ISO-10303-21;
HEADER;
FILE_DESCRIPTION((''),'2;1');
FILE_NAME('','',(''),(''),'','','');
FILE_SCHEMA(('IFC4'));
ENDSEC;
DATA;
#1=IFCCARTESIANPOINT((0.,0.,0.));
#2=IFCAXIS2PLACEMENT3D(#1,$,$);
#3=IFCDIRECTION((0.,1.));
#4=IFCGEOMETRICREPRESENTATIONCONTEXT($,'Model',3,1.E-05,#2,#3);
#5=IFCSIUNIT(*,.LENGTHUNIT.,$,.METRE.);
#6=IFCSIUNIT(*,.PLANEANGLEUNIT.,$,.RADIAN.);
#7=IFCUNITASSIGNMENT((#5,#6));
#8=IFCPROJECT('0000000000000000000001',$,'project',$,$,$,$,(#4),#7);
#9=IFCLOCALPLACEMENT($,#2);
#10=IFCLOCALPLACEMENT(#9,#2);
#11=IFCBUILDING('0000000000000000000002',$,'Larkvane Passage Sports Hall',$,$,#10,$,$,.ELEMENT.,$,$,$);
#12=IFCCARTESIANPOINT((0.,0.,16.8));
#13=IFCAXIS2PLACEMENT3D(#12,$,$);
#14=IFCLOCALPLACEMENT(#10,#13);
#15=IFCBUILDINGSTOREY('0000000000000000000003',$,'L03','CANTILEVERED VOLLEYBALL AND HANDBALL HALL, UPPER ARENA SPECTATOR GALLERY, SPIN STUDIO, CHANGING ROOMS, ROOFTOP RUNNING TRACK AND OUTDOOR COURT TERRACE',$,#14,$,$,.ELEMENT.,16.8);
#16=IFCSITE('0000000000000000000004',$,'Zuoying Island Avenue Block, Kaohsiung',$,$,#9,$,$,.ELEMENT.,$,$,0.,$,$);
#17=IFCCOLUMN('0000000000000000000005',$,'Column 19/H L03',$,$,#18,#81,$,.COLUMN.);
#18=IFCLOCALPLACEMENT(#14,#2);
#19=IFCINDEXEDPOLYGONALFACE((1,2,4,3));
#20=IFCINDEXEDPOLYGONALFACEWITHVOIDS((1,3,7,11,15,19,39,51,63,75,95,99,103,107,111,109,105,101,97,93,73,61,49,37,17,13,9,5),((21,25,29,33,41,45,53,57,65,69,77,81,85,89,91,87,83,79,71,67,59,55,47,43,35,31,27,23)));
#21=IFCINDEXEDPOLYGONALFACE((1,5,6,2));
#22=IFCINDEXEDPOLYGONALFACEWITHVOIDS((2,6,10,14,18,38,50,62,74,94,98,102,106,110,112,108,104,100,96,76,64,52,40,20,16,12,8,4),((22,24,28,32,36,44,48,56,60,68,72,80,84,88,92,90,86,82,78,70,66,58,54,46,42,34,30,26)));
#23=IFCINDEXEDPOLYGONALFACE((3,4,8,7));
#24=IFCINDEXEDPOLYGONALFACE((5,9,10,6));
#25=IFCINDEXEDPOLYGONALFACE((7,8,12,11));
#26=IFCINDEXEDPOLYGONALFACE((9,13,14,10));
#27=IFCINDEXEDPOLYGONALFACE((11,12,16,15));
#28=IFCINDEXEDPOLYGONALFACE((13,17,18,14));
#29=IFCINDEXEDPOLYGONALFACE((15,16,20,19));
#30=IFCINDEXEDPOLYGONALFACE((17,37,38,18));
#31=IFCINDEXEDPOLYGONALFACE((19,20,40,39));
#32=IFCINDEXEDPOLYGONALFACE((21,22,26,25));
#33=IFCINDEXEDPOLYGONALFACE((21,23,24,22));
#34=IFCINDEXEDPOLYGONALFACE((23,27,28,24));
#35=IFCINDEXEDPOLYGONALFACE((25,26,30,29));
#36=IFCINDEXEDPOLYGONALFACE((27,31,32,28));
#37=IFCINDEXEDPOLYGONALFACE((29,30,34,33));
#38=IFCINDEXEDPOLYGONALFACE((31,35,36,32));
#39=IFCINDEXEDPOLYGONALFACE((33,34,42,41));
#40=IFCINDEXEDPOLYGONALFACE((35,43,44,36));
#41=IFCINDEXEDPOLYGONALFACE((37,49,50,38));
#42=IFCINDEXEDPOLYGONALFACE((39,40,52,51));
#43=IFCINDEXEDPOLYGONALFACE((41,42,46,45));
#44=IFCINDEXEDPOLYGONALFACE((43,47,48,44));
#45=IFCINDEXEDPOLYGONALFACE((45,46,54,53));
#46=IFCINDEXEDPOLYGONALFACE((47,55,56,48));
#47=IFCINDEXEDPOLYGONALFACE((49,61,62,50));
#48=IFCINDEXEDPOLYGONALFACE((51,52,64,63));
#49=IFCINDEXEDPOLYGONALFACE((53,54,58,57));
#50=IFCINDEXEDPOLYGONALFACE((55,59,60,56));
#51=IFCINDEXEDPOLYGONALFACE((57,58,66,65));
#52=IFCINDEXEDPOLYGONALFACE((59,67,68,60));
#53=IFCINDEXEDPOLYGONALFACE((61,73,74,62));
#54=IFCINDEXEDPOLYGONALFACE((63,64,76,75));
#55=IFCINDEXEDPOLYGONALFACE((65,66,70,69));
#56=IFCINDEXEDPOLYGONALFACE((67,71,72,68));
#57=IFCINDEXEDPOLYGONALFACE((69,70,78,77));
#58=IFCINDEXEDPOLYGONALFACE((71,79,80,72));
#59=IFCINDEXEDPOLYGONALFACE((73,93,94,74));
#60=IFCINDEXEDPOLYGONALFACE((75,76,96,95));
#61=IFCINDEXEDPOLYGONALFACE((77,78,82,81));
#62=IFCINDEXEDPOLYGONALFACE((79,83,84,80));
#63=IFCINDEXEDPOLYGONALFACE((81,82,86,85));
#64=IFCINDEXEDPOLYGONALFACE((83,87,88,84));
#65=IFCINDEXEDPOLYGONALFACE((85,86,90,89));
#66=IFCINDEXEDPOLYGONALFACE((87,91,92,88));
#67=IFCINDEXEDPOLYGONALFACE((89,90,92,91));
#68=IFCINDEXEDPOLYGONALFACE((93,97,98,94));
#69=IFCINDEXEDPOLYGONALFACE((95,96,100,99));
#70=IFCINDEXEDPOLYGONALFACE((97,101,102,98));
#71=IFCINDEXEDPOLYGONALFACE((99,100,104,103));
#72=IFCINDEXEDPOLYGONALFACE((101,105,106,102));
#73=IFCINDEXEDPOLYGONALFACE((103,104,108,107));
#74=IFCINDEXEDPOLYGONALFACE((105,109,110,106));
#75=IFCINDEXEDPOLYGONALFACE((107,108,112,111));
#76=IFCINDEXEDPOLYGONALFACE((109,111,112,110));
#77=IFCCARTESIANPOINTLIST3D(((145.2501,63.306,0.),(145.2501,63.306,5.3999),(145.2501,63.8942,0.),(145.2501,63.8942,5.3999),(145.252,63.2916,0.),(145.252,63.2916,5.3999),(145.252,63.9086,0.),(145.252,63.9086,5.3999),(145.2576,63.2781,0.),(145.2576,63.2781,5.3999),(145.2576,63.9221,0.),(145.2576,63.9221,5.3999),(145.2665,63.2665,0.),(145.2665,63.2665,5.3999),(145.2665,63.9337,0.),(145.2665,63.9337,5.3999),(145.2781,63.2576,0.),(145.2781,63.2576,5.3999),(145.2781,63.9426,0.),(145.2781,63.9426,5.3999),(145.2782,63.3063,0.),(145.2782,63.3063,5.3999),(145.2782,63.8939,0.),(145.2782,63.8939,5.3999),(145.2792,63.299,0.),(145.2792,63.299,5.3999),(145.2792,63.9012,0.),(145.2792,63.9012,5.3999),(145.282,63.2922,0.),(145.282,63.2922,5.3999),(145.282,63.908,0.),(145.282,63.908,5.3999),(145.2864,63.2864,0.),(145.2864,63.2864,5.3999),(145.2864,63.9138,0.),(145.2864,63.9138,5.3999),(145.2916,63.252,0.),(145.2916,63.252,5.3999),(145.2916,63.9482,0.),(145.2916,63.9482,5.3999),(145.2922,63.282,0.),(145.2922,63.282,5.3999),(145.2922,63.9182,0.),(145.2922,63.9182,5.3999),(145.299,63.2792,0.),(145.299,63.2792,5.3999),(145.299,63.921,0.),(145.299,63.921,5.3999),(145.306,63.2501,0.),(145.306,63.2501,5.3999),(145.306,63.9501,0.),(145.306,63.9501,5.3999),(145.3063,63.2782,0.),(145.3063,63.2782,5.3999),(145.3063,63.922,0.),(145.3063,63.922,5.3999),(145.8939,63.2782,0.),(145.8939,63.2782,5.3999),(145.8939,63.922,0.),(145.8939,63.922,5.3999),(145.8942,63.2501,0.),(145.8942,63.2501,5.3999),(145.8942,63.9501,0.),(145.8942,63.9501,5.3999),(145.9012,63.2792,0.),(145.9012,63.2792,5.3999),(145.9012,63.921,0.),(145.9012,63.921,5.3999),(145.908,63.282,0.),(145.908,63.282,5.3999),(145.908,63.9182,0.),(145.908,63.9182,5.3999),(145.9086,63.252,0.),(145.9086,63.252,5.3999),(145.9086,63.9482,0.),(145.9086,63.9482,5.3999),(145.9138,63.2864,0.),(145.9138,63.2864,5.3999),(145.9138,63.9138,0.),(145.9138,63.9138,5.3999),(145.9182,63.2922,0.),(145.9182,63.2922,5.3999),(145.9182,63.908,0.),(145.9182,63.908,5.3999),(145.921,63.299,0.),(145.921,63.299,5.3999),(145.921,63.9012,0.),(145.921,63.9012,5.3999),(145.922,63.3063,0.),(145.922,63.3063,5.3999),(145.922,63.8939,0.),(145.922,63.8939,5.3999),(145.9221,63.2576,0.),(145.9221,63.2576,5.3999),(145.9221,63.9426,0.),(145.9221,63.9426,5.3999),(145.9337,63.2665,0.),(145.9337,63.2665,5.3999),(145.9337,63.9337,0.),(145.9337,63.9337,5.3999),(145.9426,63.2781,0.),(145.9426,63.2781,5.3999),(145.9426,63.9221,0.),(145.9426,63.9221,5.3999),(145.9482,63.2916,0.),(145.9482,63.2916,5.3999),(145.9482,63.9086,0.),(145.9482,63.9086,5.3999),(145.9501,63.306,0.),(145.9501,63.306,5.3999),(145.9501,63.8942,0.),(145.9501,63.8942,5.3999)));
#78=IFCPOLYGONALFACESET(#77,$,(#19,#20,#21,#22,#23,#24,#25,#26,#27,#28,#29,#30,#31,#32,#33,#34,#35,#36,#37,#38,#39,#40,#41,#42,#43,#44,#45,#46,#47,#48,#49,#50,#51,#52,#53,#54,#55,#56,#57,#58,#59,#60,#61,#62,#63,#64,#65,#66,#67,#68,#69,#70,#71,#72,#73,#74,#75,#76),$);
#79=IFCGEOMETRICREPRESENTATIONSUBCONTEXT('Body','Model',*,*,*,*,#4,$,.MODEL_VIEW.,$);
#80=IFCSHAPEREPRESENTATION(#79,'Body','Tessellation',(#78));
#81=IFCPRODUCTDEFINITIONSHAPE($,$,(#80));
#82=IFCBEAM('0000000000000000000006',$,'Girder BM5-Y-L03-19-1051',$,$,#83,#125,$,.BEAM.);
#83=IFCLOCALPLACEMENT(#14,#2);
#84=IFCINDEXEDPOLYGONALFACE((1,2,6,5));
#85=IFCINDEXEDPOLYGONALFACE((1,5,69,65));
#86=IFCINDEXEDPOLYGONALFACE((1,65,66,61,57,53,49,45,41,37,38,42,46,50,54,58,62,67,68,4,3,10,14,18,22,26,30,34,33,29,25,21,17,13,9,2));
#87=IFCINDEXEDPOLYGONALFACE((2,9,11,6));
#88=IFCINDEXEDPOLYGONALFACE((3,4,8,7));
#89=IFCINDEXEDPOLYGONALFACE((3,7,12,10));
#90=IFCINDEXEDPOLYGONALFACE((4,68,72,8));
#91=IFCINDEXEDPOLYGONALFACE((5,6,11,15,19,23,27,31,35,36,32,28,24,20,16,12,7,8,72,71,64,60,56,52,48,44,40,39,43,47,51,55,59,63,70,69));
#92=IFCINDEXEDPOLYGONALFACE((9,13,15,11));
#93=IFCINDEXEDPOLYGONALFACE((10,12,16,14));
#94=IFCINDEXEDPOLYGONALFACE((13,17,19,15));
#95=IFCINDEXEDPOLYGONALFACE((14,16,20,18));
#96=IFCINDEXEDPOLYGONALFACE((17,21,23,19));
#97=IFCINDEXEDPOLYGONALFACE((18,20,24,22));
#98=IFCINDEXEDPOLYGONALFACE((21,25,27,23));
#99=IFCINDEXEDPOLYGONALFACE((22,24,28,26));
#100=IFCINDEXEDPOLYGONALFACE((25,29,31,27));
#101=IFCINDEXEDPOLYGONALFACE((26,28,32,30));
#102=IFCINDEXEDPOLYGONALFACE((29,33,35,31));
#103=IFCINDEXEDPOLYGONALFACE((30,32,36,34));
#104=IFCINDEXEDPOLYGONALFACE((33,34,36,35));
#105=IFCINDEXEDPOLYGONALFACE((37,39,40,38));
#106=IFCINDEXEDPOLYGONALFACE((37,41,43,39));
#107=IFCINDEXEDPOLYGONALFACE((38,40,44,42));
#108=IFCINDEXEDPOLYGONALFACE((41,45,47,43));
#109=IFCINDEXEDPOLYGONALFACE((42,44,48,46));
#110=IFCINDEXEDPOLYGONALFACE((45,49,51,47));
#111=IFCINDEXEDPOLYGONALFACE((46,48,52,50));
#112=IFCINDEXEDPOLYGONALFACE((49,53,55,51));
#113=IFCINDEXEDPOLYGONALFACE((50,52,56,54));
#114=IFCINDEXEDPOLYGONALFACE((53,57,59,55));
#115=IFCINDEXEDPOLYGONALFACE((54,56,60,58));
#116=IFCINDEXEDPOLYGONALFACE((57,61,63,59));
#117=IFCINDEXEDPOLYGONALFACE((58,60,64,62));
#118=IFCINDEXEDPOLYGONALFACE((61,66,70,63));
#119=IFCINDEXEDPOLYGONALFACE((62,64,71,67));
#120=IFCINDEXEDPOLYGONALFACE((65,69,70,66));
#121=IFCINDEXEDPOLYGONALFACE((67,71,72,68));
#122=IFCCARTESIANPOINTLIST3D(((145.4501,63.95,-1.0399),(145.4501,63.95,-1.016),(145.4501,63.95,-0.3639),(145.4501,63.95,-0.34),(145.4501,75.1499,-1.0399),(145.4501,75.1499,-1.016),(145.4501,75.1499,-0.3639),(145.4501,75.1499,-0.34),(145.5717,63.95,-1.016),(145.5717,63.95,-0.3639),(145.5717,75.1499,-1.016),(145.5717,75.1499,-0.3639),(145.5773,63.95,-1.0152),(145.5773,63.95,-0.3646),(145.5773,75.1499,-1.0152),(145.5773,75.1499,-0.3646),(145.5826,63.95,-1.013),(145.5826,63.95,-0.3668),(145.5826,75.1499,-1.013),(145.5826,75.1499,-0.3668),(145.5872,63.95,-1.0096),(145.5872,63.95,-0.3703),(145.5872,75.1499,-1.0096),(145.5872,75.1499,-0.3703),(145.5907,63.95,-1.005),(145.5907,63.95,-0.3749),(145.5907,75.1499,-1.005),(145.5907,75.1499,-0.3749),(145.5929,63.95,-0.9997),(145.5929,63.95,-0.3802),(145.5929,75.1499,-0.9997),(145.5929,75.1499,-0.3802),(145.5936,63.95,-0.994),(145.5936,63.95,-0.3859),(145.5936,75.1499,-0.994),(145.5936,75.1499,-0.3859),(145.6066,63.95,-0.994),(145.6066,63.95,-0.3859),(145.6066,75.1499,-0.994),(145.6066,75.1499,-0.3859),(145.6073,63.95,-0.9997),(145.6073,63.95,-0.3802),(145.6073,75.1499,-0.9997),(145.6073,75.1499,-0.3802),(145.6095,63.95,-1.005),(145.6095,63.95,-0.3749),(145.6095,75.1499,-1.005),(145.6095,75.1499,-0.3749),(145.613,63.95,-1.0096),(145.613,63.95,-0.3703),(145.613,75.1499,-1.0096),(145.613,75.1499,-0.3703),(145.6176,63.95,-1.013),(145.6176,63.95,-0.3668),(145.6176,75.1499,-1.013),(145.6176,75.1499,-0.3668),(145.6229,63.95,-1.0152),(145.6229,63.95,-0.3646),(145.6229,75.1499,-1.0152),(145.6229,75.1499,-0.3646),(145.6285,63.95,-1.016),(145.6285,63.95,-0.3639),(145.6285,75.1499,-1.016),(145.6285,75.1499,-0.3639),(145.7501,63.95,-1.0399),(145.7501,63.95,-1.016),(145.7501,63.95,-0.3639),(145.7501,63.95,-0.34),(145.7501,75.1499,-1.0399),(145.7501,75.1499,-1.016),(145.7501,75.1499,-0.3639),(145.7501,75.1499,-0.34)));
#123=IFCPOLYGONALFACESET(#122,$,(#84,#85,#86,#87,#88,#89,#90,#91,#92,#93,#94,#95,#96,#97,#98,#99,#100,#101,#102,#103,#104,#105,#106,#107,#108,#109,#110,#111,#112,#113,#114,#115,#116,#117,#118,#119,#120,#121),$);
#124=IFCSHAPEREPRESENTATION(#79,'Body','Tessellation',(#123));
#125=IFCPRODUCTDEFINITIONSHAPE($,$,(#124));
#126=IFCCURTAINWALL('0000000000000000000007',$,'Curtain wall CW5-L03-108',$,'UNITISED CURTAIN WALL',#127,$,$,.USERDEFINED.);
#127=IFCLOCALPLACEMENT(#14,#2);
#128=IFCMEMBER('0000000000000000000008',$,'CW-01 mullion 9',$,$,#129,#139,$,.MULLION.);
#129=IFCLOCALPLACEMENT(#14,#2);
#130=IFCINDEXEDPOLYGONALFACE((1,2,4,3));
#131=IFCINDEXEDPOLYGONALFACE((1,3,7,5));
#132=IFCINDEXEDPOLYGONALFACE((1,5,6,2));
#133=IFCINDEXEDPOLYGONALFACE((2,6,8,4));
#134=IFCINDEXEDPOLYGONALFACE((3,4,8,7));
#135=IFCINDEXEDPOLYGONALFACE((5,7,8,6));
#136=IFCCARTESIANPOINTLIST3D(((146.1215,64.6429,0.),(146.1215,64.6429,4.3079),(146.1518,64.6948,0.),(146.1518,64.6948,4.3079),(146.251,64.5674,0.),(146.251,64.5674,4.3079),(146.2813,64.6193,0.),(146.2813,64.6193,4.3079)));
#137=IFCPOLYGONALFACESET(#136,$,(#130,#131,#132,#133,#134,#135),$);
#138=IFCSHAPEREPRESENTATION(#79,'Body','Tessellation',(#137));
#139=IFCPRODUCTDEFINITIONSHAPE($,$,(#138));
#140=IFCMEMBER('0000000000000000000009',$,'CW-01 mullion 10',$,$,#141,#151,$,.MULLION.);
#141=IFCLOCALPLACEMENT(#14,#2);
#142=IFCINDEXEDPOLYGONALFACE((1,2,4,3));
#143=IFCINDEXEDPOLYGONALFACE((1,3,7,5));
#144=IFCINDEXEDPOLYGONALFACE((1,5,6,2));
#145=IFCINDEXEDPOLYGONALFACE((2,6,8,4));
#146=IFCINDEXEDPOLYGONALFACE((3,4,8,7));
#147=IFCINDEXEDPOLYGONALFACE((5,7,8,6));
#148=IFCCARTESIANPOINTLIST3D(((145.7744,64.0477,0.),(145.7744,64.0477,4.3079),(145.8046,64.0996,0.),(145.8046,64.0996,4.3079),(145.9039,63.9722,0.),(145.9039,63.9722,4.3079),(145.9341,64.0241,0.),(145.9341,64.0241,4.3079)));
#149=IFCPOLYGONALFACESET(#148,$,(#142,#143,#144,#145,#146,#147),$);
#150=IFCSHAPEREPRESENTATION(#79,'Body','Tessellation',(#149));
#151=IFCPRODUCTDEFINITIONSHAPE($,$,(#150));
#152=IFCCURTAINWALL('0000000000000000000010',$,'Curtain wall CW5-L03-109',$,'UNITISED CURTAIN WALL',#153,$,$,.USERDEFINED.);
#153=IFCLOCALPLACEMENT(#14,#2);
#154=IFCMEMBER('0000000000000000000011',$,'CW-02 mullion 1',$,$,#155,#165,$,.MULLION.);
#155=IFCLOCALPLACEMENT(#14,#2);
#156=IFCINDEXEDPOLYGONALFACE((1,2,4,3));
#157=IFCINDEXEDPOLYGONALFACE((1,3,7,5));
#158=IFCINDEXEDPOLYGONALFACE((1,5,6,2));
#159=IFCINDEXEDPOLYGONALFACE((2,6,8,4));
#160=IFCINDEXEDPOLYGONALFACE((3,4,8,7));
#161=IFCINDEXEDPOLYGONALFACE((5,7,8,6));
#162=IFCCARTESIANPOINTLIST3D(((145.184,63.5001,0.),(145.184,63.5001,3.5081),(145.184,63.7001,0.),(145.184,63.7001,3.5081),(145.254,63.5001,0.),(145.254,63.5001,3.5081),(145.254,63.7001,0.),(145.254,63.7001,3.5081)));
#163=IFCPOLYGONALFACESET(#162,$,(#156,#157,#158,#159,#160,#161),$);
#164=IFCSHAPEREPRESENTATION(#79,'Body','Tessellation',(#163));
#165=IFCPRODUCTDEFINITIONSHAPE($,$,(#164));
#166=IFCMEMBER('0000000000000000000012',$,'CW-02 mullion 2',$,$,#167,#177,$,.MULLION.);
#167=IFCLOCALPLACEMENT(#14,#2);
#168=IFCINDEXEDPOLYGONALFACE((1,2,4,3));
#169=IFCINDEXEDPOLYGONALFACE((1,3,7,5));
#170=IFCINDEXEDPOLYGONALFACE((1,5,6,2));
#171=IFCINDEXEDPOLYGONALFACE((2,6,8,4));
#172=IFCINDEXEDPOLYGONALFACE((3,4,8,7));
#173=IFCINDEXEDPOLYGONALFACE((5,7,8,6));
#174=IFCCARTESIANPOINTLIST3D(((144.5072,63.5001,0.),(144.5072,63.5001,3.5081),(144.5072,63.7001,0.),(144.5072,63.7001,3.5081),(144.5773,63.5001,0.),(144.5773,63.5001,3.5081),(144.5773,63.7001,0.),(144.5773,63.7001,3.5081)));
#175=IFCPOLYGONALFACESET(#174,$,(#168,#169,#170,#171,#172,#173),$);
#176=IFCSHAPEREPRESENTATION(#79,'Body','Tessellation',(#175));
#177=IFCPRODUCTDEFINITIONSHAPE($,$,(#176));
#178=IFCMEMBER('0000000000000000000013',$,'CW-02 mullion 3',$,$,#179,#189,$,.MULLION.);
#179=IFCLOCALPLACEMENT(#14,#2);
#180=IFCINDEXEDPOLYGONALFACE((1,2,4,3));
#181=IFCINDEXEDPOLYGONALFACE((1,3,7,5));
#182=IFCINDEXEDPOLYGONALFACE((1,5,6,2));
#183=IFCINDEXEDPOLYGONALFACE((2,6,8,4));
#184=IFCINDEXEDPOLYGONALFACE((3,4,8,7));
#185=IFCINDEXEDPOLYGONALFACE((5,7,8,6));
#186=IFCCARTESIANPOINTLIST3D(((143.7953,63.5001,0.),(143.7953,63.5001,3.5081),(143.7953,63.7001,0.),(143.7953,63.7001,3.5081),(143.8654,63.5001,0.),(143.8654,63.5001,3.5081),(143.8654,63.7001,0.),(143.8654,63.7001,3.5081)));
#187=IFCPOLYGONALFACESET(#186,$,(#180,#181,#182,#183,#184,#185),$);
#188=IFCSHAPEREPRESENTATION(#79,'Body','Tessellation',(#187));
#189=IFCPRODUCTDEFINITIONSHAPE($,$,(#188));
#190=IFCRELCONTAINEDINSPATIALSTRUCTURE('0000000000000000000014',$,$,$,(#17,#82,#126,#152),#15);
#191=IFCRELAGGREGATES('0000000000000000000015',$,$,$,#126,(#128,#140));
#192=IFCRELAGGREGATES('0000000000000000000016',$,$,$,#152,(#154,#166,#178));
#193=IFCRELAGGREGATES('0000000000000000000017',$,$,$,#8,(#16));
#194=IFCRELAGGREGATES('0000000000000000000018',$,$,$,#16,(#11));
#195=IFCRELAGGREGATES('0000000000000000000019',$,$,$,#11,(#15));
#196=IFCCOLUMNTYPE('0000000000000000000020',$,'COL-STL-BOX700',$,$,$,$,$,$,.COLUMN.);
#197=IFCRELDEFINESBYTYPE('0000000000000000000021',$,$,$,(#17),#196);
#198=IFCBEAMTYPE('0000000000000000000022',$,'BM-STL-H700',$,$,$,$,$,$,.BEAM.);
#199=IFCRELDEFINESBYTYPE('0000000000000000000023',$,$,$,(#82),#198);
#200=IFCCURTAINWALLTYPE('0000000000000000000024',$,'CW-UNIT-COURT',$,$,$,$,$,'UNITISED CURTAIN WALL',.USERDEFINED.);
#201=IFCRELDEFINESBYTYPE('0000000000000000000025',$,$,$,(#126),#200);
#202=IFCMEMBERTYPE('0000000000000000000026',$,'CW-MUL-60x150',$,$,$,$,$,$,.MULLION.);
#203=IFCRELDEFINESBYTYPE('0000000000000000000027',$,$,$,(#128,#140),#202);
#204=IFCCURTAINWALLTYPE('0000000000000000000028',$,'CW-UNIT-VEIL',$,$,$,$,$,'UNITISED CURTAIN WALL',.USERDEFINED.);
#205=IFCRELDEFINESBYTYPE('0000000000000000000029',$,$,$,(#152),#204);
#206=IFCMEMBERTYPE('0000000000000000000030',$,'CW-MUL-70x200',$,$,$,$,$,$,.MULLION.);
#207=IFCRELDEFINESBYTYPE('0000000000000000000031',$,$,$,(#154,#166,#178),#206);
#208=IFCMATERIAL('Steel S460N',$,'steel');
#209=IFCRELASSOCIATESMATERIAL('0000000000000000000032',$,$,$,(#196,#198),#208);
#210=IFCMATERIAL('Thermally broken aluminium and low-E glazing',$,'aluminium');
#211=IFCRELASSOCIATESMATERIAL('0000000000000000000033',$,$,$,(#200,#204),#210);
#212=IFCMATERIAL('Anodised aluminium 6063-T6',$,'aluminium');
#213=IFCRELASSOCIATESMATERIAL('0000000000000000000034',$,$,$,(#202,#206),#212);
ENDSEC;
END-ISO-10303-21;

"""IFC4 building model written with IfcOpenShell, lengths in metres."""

from ifc_helpers import new_model, si_unit, direction, frame, origin, origin_2d, place, context, subcontext, project, spatial, rectangle, hollow_rectangle, i_section, extrude, material, material_profile, profile_set, type_object, element, aggregate, save


model = new_model("IFC4")

# Units and contexts
model_context = context("Model", 3, precision=1e-05, world=origin(), true_north=direction((0.0, 1.0)))
body_context = subcontext(model_context, "Body", "Model", "MODEL_VIEW")
ifc_project = project(units=[si_unit("LENGTHUNIT", "METRE"), si_unit("PLANEANGLEUNIT", "RADIAN")], contexts=[model_context])

# Site, building, storey
site_placement = place(None, origin())
site = spatial("IfcSite", under=ifc_project, at=site_placement, Name="Zuoying Island Avenue Block, Kaohsiung", CompositionType="ELEMENT", RefElevation=0.0)
building_placement = place(site_placement, origin())
building = spatial("IfcBuilding", under=site, at=building_placement, Name="Larkvane Passage Sports Hall", CompositionType="ELEMENT")
storey_placement = place(building_placement, frame((0.0, 0.0, 16.8)))
storey = spatial("IfcBuildingStorey", under=building, at=storey_placement, Name="L03", Description="CANTILEVERED VOLLEYBALL AND HANDBALL HALL, UPPER ARENA SPECTATOR GALLERY, SPIN STUDIO, CHANGING ROOMS, ROOFTOP RUNNING TRACK AND OUTDOOR COURT TERRACE", CompositionType="ELEMENT", Elevation=16.8)

# Column
ifc_material_1 = material(Name="Steel S460N", Category="steel")
ifc_material_profile_1 = material_profile(ifc_material_1, hollow_rectangle(XDim=0.7, YDim=0.7, WallThickness=0.0281, InnerFilletRadius=0.0281, OuterFilletRadius=0.0559, at=origin_2d()), Name="BOX-700x700x28")
ifc_profile_set_1 = profile_set([ifc_material_profile_1], Name="Steel S460N")
column_type = type_object("IfcColumnType", Name="COL-STL-BOX700", PredefinedType="COLUMN", material=ifc_profile_set_1)
column_placement = place(storey_placement, frame((145.6001, 63.6001, 0.0), z_axis=(0.0, 0.0, 1.0), x_axis=(1.0, 0.0, 0.0)))
element("IfcColumn", 1, at=column_placement, inside=storey, type_object=column_type, Name="Column 19/H L03", PredefinedType="COLUMN", context=body_context, shape_type="SweptSolid", body=[
    extrude(hollow_rectangle(XDim=0.7, YDim=0.7, WallThickness=0.0281, InnerFilletRadius=0.0281, OuterFilletRadius=0.0559, at=origin_2d()), origin(), (0.0, 0.0, 1.0), 5.3999),
])

# Beam
ifc_material_profile_2 = material_profile(ifc_material_1, i_section(OverallWidth=0.3, OverallDepth=0.7, WebThickness=0.0129, FlangeThickness=0.0239, FilletRadius=0.022, at=origin_2d()), Name="H-700x300x13x24")
ifc_profile_set_2 = profile_set([ifc_material_profile_2], Name="Steel S460N")
beam_type = type_object("IfcBeamType", Name="BM-STL-H700", PredefinedType="BEAM", material=ifc_profile_set_2)
beam_placement = place(storey_placement, frame((145.6001, 63.95, -0.6899), z_axis=(0.0, 1.0, 0.0), x_axis=(-1.0, 0.0, 0.0)))
element("IfcBeam", 2, at=beam_placement, inside=storey, type_object=beam_type, Name="Girder BM5-Y-L03-19-1051", PredefinedType="BEAM", context=body_context, shape_type="SweptSolid", body=[
    extrude(i_section(OverallWidth=0.3, OverallDepth=0.7, WebThickness=0.0129, FlangeThickness=0.0239, FilletRadius=0.022, at=origin_2d()), origin(), (0.0, 0.0, 1.0), 11.2),
])

# Curtain walls, members
ifc_material_2 = material(Name="Thermally broken aluminium and low-E glazing", Category="aluminium")
curtain_wall_type_1 = type_object("IfcCurtainWallType", Name="CW-UNIT-COURT", ElementType="UNITISED CURTAIN WALL", PredefinedType="USERDEFINED", material=ifc_material_2)
curtain_wall_1_placement = place(storey_placement, origin())
curtain_wall_1 = element("IfcCurtainWall", 3, at=curtain_wall_1_placement, inside=storey, type_object=curtain_wall_type_1, Name="Curtain wall CW5-L03-108", ObjectType="UNITISED CURTAIN WALL", PredefinedType="USERDEFINED")
ifc_material_3 = material(Name="Anodised aluminium 6063-T6", Category="aluminium")
ifc_material_profile_3 = material_profile(ifc_material_3, rectangle(XDim=0.0601, YDim=0.1499, at=origin_2d()), Name="ALU-MUL-60x150")
ifc_profile_set_3 = profile_set([ifc_material_profile_3], Name="Anodised aluminium 6063-T6")
member_type_1 = type_object("IfcMemberType", Name="CW-MUL-60x150", PredefinedType="MULLION", material=ifc_profile_set_3)
member_1_placement = place(storey_placement, frame((146.2014, 64.6311, 0.0), z_axis=(0.0, 0.0, 1.0), x_axis=(-0.503867, -0.863781, 0.0)))
member_1 = element("IfcMember", 4, at=member_1_placement, type_object=member_type_1, Name="CW-01 mullion 9", PredefinedType="MULLION", context=body_context, shape_type="SweptSolid", body=[
    extrude(rectangle(XDim=0.0601, YDim=0.1499, at=origin_2d()), origin(), (0.0, 0.0, 1.0), 4.3079),
])
member_2_placement = place(storey_placement, frame((145.8542, 64.0359, 0.0), z_axis=(0.0, 0.0, 1.0), x_axis=(-0.503867, -0.863781, 0.0)))
member_2 = element("IfcMember", 5, at=member_2_placement, type_object=member_type_1, Name="CW-01 mullion 10", PredefinedType="MULLION", context=body_context, shape_type="SweptSolid", body=[
    extrude(rectangle(XDim=0.0601, YDim=0.1499, at=origin_2d()), origin(), (0.0, 0.0, 1.0), 4.3079),
])
curtain_wall_type_2 = type_object("IfcCurtainWallType", Name="CW-UNIT-VEIL", ElementType="UNITISED CURTAIN WALL", PredefinedType="USERDEFINED", material=ifc_material_2)
curtain_wall_2_placement = place(storey_placement, origin())
curtain_wall_2 = element("IfcCurtainWall", 6, at=curtain_wall_2_placement, inside=storey, type_object=curtain_wall_type_2, Name="Curtain wall CW5-L03-109", ObjectType="UNITISED CURTAIN WALL", PredefinedType="USERDEFINED")
ifc_material_profile_4 = material_profile(ifc_material_3, rectangle(XDim=0.0701, YDim=0.2, at=origin_2d()), Name="ALU-MUL-70x200")
ifc_profile_set_4 = profile_set([ifc_material_profile_4], Name="Anodised aluminium 6063-T6")
member_type_2 = type_object("IfcMemberType", Name="CW-MUL-70x200", PredefinedType="MULLION", material=ifc_profile_set_4)
member_3_placement = place(storey_placement, frame((145.219, 63.6001, 0.0), z_axis=(0.0, 0.0, 1.0), x_axis=(-1.0, 0.0, 0.0)))
member_3 = element("IfcMember", 7, at=member_3_placement, type_object=member_type_2, Name="CW-02 mullion 1", PredefinedType="MULLION", context=body_context, shape_type="SweptSolid", body=[
    extrude(rectangle(XDim=0.0701, YDim=0.2, at=origin_2d()), origin(), (0.0, 0.0, 1.0), 3.5081),
])
member_4_placement = place(storey_placement, frame((144.5422, 63.6001, 0.0), z_axis=(0.0, 0.0, 1.0), x_axis=(-1.0, 0.0, 0.0)))
member_4 = element("IfcMember", 8, at=member_4_placement, type_object=member_type_2, Name="CW-02 mullion 2", PredefinedType="MULLION", context=body_context, shape_type="SweptSolid", body=[
    extrude(rectangle(XDim=0.0701, YDim=0.2, at=origin_2d()), origin(), (0.0, 0.0, 1.0), 3.5081),
])
member_5_placement = place(storey_placement, frame((143.8303, 63.6001, 0.0), z_axis=(0.0, 0.0, 1.0), x_axis=(-1.0, 0.0, 0.0)))
member_5 = element("IfcMember", 9, at=member_5_placement, type_object=member_type_2, Name="CW-02 mullion 3", PredefinedType="MULLION", context=body_context, shape_type="SweptSolid", body=[
    extrude(rectangle(XDim=0.0701, YDim=0.2, at=origin_2d()), origin(), (0.0, 0.0, 1.0), 3.5081),
])

aggregate(curtain_wall_1, [member_1, member_2])
aggregate(curtain_wall_2, [member_3, member_4, member_5])

save(model, "model.ifc")
